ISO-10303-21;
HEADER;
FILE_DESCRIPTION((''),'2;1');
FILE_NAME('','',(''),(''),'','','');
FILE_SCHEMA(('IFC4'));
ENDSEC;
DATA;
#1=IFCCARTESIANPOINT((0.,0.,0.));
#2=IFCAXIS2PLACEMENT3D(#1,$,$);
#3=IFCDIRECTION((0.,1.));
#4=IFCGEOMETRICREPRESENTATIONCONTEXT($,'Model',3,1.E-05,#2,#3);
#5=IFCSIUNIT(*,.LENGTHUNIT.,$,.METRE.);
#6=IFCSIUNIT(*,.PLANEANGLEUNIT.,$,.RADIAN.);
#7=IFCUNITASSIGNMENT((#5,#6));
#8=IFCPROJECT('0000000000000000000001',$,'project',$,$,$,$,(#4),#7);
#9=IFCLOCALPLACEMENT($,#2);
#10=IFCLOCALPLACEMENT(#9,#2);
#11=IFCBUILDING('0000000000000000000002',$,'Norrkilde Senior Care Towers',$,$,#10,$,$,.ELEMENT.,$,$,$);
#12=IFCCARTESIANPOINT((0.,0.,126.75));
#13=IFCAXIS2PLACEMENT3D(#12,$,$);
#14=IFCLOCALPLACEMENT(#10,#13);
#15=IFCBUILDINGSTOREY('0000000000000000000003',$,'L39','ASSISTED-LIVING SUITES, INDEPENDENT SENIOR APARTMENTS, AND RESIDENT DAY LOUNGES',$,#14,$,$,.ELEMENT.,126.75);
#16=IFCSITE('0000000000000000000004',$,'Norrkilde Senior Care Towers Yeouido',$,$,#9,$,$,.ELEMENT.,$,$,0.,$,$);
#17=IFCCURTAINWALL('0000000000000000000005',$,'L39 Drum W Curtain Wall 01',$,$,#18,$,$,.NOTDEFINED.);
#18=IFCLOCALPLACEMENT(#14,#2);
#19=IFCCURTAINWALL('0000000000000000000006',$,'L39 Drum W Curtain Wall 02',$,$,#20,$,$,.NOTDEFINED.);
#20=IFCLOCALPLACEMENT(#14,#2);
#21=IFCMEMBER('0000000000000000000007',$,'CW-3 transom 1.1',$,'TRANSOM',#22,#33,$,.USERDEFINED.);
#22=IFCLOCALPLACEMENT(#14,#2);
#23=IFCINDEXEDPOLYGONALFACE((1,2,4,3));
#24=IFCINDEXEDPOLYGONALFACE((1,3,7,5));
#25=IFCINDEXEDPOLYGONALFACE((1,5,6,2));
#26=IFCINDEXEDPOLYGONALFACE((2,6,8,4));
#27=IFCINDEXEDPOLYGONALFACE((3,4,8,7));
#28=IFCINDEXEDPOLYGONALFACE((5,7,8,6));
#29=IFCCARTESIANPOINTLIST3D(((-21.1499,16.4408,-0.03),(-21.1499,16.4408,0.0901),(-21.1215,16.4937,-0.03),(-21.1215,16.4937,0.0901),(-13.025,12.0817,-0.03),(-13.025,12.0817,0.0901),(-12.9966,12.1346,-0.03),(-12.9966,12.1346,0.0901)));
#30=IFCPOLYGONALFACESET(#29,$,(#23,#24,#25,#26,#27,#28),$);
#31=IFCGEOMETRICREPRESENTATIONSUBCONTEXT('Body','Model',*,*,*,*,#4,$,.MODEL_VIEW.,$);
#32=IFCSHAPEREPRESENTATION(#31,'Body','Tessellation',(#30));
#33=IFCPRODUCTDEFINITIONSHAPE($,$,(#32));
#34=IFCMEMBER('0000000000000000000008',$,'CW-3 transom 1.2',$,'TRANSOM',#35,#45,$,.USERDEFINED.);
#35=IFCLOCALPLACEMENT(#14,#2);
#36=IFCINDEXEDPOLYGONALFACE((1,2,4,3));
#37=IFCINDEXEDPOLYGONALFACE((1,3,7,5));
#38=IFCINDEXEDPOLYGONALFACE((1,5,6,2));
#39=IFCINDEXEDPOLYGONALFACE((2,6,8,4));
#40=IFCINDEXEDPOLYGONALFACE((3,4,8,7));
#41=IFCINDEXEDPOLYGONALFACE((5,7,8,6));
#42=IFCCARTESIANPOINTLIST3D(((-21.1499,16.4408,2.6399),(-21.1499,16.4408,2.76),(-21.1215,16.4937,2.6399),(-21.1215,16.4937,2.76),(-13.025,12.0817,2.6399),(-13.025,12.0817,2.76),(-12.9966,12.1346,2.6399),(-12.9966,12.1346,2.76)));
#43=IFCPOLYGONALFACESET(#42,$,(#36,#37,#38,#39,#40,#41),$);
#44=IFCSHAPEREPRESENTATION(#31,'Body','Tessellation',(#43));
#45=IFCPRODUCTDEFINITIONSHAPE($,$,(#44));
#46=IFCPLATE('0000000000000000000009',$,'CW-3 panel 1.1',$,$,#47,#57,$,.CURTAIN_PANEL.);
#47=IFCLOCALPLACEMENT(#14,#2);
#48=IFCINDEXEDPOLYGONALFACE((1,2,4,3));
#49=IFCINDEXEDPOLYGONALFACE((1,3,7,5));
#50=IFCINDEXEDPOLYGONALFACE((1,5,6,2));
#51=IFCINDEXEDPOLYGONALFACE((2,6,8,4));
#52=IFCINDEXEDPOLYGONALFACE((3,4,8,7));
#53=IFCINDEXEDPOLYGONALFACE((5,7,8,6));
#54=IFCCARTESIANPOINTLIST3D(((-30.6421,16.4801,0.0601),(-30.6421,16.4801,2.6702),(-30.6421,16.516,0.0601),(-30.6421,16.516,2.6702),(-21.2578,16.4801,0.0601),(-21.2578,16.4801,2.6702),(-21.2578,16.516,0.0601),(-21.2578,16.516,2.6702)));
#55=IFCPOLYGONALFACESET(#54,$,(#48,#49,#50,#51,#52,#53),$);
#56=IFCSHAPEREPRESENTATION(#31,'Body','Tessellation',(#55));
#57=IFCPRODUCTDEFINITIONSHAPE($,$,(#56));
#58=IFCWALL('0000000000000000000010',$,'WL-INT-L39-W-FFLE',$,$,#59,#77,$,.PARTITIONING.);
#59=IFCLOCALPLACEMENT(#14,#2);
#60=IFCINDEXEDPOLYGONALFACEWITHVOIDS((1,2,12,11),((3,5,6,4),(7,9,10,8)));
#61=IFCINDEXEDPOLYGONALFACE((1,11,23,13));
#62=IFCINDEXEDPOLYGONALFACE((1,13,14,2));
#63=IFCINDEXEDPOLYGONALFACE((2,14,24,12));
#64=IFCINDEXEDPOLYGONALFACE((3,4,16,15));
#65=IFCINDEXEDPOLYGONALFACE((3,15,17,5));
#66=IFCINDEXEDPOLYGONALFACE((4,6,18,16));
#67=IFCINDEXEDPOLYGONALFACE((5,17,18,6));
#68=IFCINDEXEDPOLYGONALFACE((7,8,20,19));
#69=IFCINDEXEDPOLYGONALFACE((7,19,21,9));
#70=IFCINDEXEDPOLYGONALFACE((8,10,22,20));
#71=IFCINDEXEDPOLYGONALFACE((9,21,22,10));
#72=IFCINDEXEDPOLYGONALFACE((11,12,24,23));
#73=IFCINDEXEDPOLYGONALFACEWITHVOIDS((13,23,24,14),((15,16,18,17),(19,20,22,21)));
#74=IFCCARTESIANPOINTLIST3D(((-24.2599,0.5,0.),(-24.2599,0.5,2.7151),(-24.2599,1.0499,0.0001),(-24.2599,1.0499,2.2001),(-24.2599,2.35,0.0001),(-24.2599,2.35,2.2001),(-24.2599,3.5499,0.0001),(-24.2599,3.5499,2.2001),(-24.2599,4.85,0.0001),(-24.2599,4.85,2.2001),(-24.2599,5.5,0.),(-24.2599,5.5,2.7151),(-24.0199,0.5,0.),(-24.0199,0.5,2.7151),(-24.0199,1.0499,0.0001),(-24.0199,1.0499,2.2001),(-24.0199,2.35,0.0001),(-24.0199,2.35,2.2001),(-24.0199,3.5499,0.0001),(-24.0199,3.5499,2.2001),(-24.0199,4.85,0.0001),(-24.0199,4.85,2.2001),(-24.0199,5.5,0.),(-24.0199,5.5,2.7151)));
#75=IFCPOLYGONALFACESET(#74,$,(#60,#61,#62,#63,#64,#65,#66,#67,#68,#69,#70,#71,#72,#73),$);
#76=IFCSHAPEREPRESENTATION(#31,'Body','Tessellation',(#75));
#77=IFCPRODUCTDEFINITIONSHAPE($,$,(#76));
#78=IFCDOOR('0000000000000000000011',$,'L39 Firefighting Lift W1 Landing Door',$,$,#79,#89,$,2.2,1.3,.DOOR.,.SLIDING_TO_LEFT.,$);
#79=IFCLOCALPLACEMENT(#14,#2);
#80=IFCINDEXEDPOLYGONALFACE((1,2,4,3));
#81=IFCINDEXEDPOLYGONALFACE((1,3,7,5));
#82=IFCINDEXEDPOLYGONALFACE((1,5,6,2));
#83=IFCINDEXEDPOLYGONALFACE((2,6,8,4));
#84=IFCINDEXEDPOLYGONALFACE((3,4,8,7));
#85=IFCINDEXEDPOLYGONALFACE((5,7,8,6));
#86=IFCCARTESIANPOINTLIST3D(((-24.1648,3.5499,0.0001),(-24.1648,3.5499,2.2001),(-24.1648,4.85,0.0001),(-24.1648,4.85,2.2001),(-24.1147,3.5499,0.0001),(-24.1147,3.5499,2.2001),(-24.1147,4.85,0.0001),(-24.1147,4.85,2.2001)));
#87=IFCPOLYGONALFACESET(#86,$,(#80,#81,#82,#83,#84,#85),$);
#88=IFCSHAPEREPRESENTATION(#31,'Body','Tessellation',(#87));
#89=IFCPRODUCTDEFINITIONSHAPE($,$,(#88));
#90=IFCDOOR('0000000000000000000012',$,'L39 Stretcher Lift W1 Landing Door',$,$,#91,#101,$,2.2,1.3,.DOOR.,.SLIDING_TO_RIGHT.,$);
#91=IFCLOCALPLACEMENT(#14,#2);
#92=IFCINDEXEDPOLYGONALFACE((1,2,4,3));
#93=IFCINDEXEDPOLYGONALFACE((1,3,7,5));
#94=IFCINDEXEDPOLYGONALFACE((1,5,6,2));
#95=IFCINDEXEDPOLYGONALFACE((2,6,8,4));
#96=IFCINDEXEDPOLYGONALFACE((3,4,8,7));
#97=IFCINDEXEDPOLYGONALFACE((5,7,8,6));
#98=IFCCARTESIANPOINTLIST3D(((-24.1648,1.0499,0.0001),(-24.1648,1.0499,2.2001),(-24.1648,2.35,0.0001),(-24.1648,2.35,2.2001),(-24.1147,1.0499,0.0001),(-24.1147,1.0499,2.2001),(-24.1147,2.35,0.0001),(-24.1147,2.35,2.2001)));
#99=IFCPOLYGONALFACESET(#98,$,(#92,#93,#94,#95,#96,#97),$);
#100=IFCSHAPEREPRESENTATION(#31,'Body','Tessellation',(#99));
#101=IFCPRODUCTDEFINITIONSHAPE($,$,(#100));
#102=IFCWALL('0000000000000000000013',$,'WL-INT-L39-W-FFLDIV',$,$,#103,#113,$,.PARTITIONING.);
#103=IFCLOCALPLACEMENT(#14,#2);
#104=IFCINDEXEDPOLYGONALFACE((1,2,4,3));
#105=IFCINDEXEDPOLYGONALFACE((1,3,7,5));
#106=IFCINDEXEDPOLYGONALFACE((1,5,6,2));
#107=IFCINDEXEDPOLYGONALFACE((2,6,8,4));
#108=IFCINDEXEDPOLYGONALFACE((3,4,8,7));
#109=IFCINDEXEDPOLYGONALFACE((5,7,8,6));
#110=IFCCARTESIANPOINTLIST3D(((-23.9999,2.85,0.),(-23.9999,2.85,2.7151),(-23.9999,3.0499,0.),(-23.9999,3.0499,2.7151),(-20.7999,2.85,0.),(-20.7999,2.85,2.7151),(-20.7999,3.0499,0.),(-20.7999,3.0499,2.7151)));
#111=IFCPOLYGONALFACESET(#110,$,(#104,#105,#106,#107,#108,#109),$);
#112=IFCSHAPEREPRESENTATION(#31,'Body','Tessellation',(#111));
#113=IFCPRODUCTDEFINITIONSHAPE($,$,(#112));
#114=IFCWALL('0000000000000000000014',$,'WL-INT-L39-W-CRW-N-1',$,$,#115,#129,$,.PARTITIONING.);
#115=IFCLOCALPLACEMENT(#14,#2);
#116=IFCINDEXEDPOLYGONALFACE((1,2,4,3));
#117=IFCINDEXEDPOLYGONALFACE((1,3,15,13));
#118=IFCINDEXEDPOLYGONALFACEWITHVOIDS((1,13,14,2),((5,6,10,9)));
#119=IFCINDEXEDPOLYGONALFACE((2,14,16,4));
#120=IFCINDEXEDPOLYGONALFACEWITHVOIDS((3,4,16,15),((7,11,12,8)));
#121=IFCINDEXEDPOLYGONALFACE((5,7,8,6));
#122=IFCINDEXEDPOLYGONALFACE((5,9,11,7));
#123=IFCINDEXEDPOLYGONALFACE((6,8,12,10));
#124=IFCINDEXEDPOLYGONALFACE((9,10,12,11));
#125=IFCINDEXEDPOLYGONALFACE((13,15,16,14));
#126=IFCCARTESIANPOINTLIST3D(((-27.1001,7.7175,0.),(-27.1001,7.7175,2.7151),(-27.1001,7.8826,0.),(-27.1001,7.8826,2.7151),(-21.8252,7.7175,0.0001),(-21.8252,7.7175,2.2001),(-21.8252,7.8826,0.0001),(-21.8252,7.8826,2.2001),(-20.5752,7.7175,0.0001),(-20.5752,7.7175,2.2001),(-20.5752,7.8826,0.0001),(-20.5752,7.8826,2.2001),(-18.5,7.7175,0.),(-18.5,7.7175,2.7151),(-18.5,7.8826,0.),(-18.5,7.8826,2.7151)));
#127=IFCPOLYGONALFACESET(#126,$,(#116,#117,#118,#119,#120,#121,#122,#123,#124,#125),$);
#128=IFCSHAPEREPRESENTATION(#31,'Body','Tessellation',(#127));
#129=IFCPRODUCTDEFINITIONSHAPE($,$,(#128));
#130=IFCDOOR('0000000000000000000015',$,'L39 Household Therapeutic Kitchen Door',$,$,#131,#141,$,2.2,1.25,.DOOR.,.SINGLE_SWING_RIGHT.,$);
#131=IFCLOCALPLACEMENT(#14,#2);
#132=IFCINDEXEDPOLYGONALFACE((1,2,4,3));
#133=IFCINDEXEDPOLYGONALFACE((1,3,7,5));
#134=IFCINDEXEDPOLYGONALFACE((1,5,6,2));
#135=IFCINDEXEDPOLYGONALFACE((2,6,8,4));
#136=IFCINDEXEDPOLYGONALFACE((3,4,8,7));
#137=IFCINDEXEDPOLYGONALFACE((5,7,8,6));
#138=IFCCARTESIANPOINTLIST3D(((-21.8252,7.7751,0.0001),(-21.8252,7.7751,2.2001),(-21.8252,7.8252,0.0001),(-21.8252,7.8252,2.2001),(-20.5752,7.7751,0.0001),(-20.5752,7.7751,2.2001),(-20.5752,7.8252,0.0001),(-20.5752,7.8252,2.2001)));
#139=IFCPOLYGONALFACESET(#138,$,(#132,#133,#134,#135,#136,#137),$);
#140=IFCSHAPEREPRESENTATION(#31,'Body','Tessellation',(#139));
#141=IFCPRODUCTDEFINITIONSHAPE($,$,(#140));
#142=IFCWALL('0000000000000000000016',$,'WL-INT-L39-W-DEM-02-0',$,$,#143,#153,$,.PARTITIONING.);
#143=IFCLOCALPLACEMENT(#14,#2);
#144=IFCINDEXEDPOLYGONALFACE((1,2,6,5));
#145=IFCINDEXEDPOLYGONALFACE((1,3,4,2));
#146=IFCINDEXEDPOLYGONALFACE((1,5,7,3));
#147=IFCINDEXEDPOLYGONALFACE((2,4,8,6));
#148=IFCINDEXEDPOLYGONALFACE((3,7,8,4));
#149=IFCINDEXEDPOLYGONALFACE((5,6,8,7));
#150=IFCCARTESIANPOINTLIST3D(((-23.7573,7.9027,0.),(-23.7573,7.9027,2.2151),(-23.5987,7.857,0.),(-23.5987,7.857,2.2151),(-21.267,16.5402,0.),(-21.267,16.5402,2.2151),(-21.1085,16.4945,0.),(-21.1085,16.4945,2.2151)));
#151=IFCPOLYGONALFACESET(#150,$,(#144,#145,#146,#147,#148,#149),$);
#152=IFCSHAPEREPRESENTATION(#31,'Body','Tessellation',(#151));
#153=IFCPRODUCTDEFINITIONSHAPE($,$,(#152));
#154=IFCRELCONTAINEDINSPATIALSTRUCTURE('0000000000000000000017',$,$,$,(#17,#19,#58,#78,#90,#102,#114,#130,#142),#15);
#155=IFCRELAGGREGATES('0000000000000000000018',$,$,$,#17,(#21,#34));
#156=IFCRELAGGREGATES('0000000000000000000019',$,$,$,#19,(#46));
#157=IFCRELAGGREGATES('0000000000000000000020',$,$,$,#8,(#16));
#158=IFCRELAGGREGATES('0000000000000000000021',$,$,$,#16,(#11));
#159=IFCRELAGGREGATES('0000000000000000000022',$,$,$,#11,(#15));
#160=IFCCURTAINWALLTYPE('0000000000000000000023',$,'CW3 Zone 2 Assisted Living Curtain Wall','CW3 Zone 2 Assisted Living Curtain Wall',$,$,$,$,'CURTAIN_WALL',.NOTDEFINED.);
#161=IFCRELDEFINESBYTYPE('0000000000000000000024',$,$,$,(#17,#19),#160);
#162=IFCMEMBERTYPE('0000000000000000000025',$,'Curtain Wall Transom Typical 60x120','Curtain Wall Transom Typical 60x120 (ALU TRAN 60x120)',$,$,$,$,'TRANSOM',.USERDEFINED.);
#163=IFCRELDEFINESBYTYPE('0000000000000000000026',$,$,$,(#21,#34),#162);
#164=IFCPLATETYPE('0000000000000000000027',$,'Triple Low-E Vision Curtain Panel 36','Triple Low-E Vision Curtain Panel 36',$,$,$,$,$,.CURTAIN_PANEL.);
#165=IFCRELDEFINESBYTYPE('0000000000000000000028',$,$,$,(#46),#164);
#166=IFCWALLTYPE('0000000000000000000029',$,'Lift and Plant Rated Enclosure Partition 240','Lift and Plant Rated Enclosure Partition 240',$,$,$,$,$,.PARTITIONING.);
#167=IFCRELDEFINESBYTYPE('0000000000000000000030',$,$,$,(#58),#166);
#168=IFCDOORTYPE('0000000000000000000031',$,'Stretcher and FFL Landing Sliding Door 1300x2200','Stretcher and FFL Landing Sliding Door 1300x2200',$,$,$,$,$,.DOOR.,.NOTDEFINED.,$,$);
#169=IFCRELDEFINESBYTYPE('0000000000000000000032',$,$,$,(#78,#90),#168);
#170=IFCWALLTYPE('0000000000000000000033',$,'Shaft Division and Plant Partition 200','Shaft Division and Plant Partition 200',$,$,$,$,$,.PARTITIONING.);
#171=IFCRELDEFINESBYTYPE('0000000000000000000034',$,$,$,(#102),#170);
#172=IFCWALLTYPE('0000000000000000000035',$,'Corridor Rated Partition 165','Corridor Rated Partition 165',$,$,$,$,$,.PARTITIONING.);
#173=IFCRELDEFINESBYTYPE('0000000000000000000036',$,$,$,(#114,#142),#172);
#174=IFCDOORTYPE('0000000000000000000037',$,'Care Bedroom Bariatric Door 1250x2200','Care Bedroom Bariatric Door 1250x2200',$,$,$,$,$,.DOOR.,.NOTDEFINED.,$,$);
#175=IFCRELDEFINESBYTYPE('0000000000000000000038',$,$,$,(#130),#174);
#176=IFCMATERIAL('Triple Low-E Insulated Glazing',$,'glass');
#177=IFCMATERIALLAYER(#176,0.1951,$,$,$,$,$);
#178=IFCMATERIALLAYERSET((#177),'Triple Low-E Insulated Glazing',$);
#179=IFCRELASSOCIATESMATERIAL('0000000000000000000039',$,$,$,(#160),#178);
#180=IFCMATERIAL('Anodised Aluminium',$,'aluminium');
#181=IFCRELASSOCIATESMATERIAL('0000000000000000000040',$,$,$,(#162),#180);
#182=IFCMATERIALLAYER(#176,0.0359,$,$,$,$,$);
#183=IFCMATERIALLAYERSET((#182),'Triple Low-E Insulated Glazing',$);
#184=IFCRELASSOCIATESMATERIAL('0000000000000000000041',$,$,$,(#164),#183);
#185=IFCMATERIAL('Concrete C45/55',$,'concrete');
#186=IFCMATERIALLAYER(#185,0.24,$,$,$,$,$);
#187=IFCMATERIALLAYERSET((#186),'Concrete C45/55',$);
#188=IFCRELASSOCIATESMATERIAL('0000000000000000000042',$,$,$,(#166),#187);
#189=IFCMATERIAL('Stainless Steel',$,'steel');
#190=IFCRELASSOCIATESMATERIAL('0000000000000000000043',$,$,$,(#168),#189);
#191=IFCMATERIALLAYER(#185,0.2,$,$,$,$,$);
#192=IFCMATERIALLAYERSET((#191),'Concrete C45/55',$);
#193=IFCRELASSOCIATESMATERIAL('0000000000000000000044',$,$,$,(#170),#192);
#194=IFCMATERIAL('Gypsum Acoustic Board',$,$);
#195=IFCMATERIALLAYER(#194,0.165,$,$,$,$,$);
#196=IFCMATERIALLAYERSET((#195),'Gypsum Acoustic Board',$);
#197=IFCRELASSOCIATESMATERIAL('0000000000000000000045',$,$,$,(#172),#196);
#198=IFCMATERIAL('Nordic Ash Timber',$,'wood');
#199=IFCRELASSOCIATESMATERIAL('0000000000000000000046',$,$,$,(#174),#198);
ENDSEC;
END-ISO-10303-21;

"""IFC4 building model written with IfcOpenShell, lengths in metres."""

from ifc_helpers import new_model, si_unit, direction, frame, frame_2d, origin, origin_2d, place, context, subcontext, project, spatial, rectangle, extrude, source, transform, mapped, material, layer, layer_set, material_profile, profile_set, type_object, type_shapes, element, fill, aggregate, save


model = new_model("IFC4")

# Units and contexts
model_context = context("Model", 3, precision=1e-05, world=origin(), true_north=direction((0.0, 1.0)))
body_context = subcontext(model_context, "Body", "Model", "MODEL_VIEW")
ifc_project = project(units=[si_unit("LENGTHUNIT", "METRE"), si_unit("PLANEANGLEUNIT", "RADIAN")], contexts=[model_context])

# Site, building, storey
site_placement = place(None, origin())
site = spatial("IfcSite", under=ifc_project, at=site_placement, Name="Norrkilde Senior Care Towers Yeouido", CompositionType="ELEMENT", RefElevation=0.0)
building_placement = place(site_placement, origin())
building = spatial("IfcBuilding", under=site, at=building_placement, Name="Norrkilde Senior Care Towers", CompositionType="ELEMENT")
storey_placement = place(building_placement, frame((0.0, 0.0, 126.75)))
storey = spatial("IfcBuildingStorey", under=building, at=storey_placement, Name="L39", Description="ASSISTED-LIVING SUITES, INDEPENDENT SENIOR APARTMENTS, AND RESIDENT DAY LOUNGES", CompositionType="ELEMENT", Elevation=126.75)

# Curtain walls
ifc_material_1 = material(Name="Triple Low-E Insulated Glazing", Category="glass")
ifc_layer_1 = layer(ifc_material_1, 0.1951)
ifc_layer_set_1 = layer_set([ifc_layer_1], Name="Triple Low-E Insulated Glazing")
curtain_wall_type = type_object("IfcCurtainWallType", Name="CW3 Zone 2 Assisted Living Curtain Wall", Description="CW3 Zone 2 Assisted Living Curtain Wall", ElementType="CURTAIN_WALL", PredefinedType="NOTDEFINED", material=ifc_layer_set_1)
curtain_wall_1_placement = place(storey_placement, origin())
curtain_wall_1 = element("IfcCurtainWall", 1, at=curtain_wall_1_placement, inside=storey, type_object=curtain_wall_type, Name="L39 Drum W Curtain Wall 01", PredefinedType="NOTDEFINED")
ifc_material_2 = material(Name="Anodised Aluminium", Category="aluminium")
curtain_wall_2_placement = place(storey_placement, origin())
curtain_wall_2 = element("IfcCurtainWall", 2, at=curtain_wall_2_placement, inside=storey, type_object=curtain_wall_type, Name="L39 Drum W Curtain Wall 02", PredefinedType="NOTDEFINED")

# Members
ifc_material_profile_1 = material_profile(ifc_material_2, rectangle(XDim=0.0601, YDim=0.1201, at=origin_2d()), Name="ALU TRAN 60x120")
ifc_profile_set_1 = profile_set([ifc_material_profile_1], Name="Anodised Aluminium")
member_type_1 = type_object("IfcMemberType", Name="Curtain Wall Transom Typical 60x120", Description="Curtain Wall Transom Typical 60x120 (ALU TRAN 60x120)", ElementType="TRANSOM", PredefinedType="USERDEFINED", material=ifc_profile_set_1)
shared_shape_1 = source(origin(), body_context, "Body", "SweptSolid", [
    extrude(rectangle(XDim=0.0601, YDim=0.1201, at=origin_2d()), origin(), (0.0, 0.0, 1.0), 9.2205),
])
type_shapes(member_type_1, [shared_shape_1])
member_1_placement = place(storey_placement, frame((-21.1357, 16.4673, 0.03), z_axis=(0.881189, -0.472765, 0.0), x_axis=(0.472765, 0.881189, 0.0)))
member_1 = element("IfcMember", 3, at=member_1_placement, type_object=member_type_1, Name="CW-3 transom 1.1", ObjectType="TRANSOM", PredefinedType="USERDEFINED", context=body_context, shape_type="MappedRepresentation", body=[
    mapped(shared_shape_1, transform((0.0, 0.0, 0.0), x_axis=(1.0, 0.0, 0.0), y_axis=(0.0, 1.0, 0.0), z_axis=(0.0, 0.0, 1.0), scale=1.0)),
])
member_2_placement = place(storey_placement, frame((-21.1357, 16.4673, 2.7), z_axis=(0.881189, -0.472765, 0.0), x_axis=(0.472765, 0.881189, 0.0)))
member_2 = element("IfcMember", 4, at=member_2_placement, type_object=member_type_1, Name="CW-3 transom 1.2", ObjectType="TRANSOM", PredefinedType="USERDEFINED", context=body_context, shape_type="MappedRepresentation", body=[
    mapped(shared_shape_1, transform((0.0, 0.0, 0.0), x_axis=(1.0, 0.0, 0.0), y_axis=(0.0, 1.0, 0.0), z_axis=(0.0, 0.0, 1.0), scale=1.0)),
])
aggregate(curtain_wall_1, [member_1, member_2])

# Plate
ifc_layer_2 = layer(ifc_material_1, 0.0359)
ifc_layer_set_2 = layer_set([ifc_layer_2], Name="Triple Low-E Insulated Glazing")
plate_type = type_object("IfcPlateType", Name="Triple Low-E Vision Curtain Panel 36", Description="Triple Low-E Vision Curtain Panel 36", PredefinedType="CURTAIN_PANEL", material=ifc_layer_set_2)
shared_shape_2 = source(origin(), body_context, "Body", "SweptSolid", [
    extrude(rectangle(XDim=9.3843, YDim=0.0359, at=origin_2d()), origin(), (0.0, 0.0, 1.0), 2.6101),
])
type_shapes(plate_type, [shared_shape_2])
plate_placement = place(storey_placement, frame((-25.95, 16.498, 0.0601), z_axis=(0.0, 0.0, 1.0), x_axis=(1.0, 0.0, 0.0)))
plate = element("IfcPlate", 5, at=plate_placement, type_object=plate_type, Name="CW-3 panel 1.1", PredefinedType="CURTAIN_PANEL", context=body_context, shape_type="MappedRepresentation", body=[
    mapped(shared_shape_2, transform((0.0, 0.0, 0.0), x_axis=(1.0, 0.0, 0.0), y_axis=(0.0, 1.0, 0.0), z_axis=(0.0, 0.0, 1.0), scale=1.0)),
])
aggregate(curtain_wall_2, [plate])

# Wall, openings, doors
ifc_material_3 = material(Name="Concrete C45/55", Category="concrete")
ifc_layer_3 = layer(ifc_material_3, 0.24)
ifc_layer_set_3 = layer_set([ifc_layer_3], Name="Concrete C45/55")
wall_type_1 = type_object("IfcWallType", Name="Lift and Plant Rated Enclosure Partition 240", Description="Lift and Plant Rated Enclosure Partition 240", PredefinedType="PARTITIONING", material=ifc_layer_set_3)
shared_shape_3 = source(origin(), body_context, "Body", "SweptSolid", [
    extrude(rectangle(XDim=5.0, YDim=0.24, at=frame_2d((2.5, 0.0))), origin(), (0.0, 0.0, 1.0), 2.7151),
])
type_shapes(wall_type_1, [shared_shape_3])
wall_1_placement = place(storey_placement, frame((-24.1399, 0.5, 0.0), z_axis=(0.0, 0.0, 1.0), x_axis=(0.0, 1.0, 0.0)))
wall_1 = element("IfcWall", 6, at=wall_1_placement, inside=storey, type_object=wall_type_1, Name="WL-INT-L39-W-FFLE", PredefinedType="PARTITIONING", context=body_context, shape_type="MappedRepresentation", body=[
    mapped(shared_shape_3, transform((0.0, 0.0, 0.0), x_axis=(1.0, 0.0, 0.0), y_axis=(0.0, 1.0, 0.0), z_axis=(0.0, 0.0, 1.0), scale=1.0)),
])
opening_1_placement = place(wall_1_placement, frame((3.05, 0.0, 0.0)))
opening_1 = element("IfcOpeningElement", 7, at=opening_1_placement, cuts=wall_1, PredefinedType="OPENING", context=body_context, shape_type="SweptSolid", body=[
    extrude(rectangle(XDim=1.3, YDim=2.2, at=frame_2d((0.6499, 1.1001))), frame((0.0, 0.1299, 0.0), z_axis=(0.0, -1.0, 0.0), x_axis=(1.0, 0.0, 0.0)), (0.0, 0.0, 1.0), 0.26),
])
opening_2_placement = place(wall_1_placement, frame((0.55, 0.0, 0.0)))
opening_2 = element("IfcOpeningElement", 8, at=opening_2_placement, cuts=wall_1, PredefinedType="OPENING", context=body_context, shape_type="SweptSolid", body=[
    extrude(rectangle(XDim=1.3, YDim=2.2, at=frame_2d((0.6499, 1.1001))), frame((0.0, 0.1299, 0.0), z_axis=(0.0, -1.0, 0.0), x_axis=(1.0, 0.0, 0.0)), (0.0, 0.0, 1.0), 0.26),
])
ifc_material_4 = material(Name="Stainless Steel", Category="steel")
door_type_1 = type_object("IfcDoorType", Name="Stretcher and FFL Landing Sliding Door 1300x2200", Description="Stretcher and FFL Landing Sliding Door 1300x2200", OperationType="NOTDEFINED", PredefinedType="DOOR", material=ifc_material_4)
shared_shape_4 = source(origin(), body_context, "Body", "SweptSolid", [
    extrude(rectangle(XDim=1.3, YDim=2.2, at=frame_2d((0.6499, 1.1001))), frame((0.0, 0.0249, 0.0), z_axis=(0.0, -1.0, 0.0), x_axis=(1.0, 0.0, 0.0)), (0.0, 0.0, 1.0), 0.05),
])
type_shapes(door_type_1, [shared_shape_4])
door_1_placement = place(opening_1_placement, origin())
door_1 = element("IfcDoor", 9, at=door_1_placement, inside=storey, type_object=door_type_1, Name="L39 Firefighting Lift W1 Landing Door", OperationType="SLIDING_TO_LEFT", OverallHeight=2.2, OverallWidth=1.3, PredefinedType="DOOR", context=body_context, shape_type="MappedRepresentation", body=[
    mapped(shared_shape_4, transform((0.0, 0.0, 0.0), x_axis=(1.0, 0.0, 0.0), y_axis=(0.0, 1.0, 0.0), z_axis=(0.0, 0.0, 1.0), scale=1.0)),
])
fill(opening_1, door_1)
door_2_placement = place(opening_2_placement, origin())
door_2 = element("IfcDoor", 10, at=door_2_placement, inside=storey, type_object=door_type_1, Name="L39 Stretcher Lift W1 Landing Door", OperationType="SLIDING_TO_RIGHT", OverallHeight=2.2, OverallWidth=1.3, PredefinedType="DOOR", context=body_context, shape_type="MappedRepresentation", body=[
    mapped(shared_shape_4, transform((0.0, 0.0, 0.0), x_axis=(1.0, 0.0, 0.0), y_axis=(0.0, 1.0, 0.0), z_axis=(0.0, 0.0, 1.0), scale=1.0)),
])
fill(opening_2, door_2)

# Wall
ifc_layer_4 = layer(ifc_material_3, 0.2)
ifc_layer_set_4 = layer_set([ifc_layer_4], Name="Concrete C45/55")
wall_type_2 = type_object("IfcWallType", Name="Shaft Division and Plant Partition 200", Description="Shaft Division and Plant Partition 200", PredefinedType="PARTITIONING", material=ifc_layer_set_4)
shared_shape_5 = source(origin(), body_context, "Body", "SweptSolid", [
    extrude(rectangle(XDim=3.2, YDim=0.2, at=frame_2d((1.6001, 0.0))), origin(), (0.0, 0.0, 1.0), 2.7151),
])
type_shapes(wall_type_2, [shared_shape_5])
wall_2_placement = place(storey_placement, frame((-24.0, 2.95, 0.0), z_axis=(0.0, 0.0, 1.0), x_axis=(1.0, 0.0, 0.0)))
element("IfcWall", 11, at=wall_2_placement, inside=storey, type_object=wall_type_2, Name="WL-INT-L39-W-FFLDIV", PredefinedType="PARTITIONING", context=body_context, shape_type="MappedRepresentation", body=[
    mapped(shared_shape_5, transform((0.0, 0.0, 0.0), x_axis=(1.0, 0.0, 0.0), y_axis=(0.0, 1.0, 0.0), z_axis=(0.0, 0.0, 1.0), scale=1.0)),
])

# Wall, opening, door
ifc_material_5 = material(Name="Gypsum Acoustic Board")
ifc_layer_5 = layer(ifc_material_5, 0.165)
ifc_layer_set_5 = layer_set([ifc_layer_5], Name="Gypsum Acoustic Board")
wall_type_3 = type_object("IfcWallType", Name="Corridor Rated Partition 165", Description="Corridor Rated Partition 165", PredefinedType="PARTITIONING", material=ifc_layer_set_5)
shared_shape_6 = source(origin(), body_context, "Body", "SweptSolid", [
    extrude(rectangle(XDim=8.6001, YDim=0.165, at=frame_2d((4.3, 0.0))), origin(), (0.0, 0.0, 1.0), 2.7151),
])
wall_3_placement = place(storey_placement, frame((-27.1001, 7.8, 0.0), z_axis=(0.0, 0.0, 1.0), x_axis=(1.0, 0.0, 0.0)))
wall_3 = element("IfcWall", 12, at=wall_3_placement, inside=storey, type_object=wall_type_3, Name="WL-INT-L39-W-CRW-N-1", PredefinedType="PARTITIONING", context=body_context, shape_type="MappedRepresentation", body=[
    mapped(shared_shape_6, transform((0.0, 0.0, 0.0), x_axis=(1.0, 0.0, 0.0), y_axis=(0.0, 1.0, 0.0), z_axis=(0.0, 0.0, 1.0), scale=1.0)),
])
opening_3_placement = place(wall_3_placement, frame((5.2749, 0.0, 0.0)))
opening_3 = element("IfcOpeningElement", 13, at=opening_3_placement, cuts=wall_3, PredefinedType="OPENING", context=body_context, shape_type="SweptSolid", body=[
    extrude(rectangle(XDim=1.25, YDim=2.2, at=frame_2d((0.625, 1.1001))), frame((0.0, 0.0925, 0.0), z_axis=(0.0, -1.0, 0.0), x_axis=(1.0, 0.0, 0.0)), (0.0, 0.0, 1.0), 0.1851),
])
ifc_material_6 = material(Name="Nordic Ash Timber", Category="wood")
door_type_2 = type_object("IfcDoorType", Name="Care Bedroom Bariatric Door 1250x2200", Description="Care Bedroom Bariatric Door 1250x2200", OperationType="NOTDEFINED", PredefinedType="DOOR", material=ifc_material_6)
shared_shape_7 = source(origin(), body_context, "Body", "SweptSolid", [
    extrude(rectangle(XDim=1.25, YDim=2.2, at=frame_2d((0.625, 1.1001))), frame((0.0, 0.0249, 0.0), z_axis=(0.0, -1.0, 0.0), x_axis=(1.0, 0.0, 0.0)), (0.0, 0.0, 1.0), 0.05),
])
type_shapes(door_type_2, [shared_shape_7])
door_3_placement = place(opening_3_placement, frame((1.25, 0.0, 0.0), z_axis=(0.0, 0.0, 1.0), x_axis=(-1.0, 0.0, 0.0)))
door_3 = element("IfcDoor", 14, at=door_3_placement, inside=storey, type_object=door_type_2, Name="L39 Household Therapeutic Kitchen Door", OperationType="SINGLE_SWING_RIGHT", OverallHeight=2.2, OverallWidth=1.25, PredefinedType="DOOR", context=body_context, shape_type="MappedRepresentation", body=[
    mapped(shared_shape_7, transform((0.0, 0.0, 0.0), x_axis=(1.0, 0.0, 0.0), y_axis=(0.0, 1.0, 0.0), z_axis=(0.0, 0.0, 1.0), scale=1.0)),
])
fill(opening_3, door_3)

# Wall
shared_shape_8 = source(origin(), body_context, "Body", "SweptSolid", [
    extrude(rectangle(XDim=8.9893, YDim=0.165, at=frame_2d((4.4946, 0.0))), origin(), (0.0, 0.0, 1.0), 2.2151),
])
wall_4_placement = place(storey_placement, frame((-23.678, 7.8799, 0.0), z_axis=(0.0, 0.0, 1.0), x_axis=(0.277023, 0.960863, 0.0)))
element("IfcWall", 15, at=wall_4_placement, inside=storey, type_object=wall_type_3, Name="WL-INT-L39-W-DEM-02-0", PredefinedType="PARTITIONING", context=body_context, shape_type="MappedRepresentation", body=[
    mapped(shared_shape_8, transform((0.0, 0.0, 0.0), x_axis=(1.0, 0.0, 0.0), y_axis=(0.0, 1.0, 0.0), z_axis=(0.0, 0.0, 1.0), scale=1.0)),
])

save(model, "model.ifc")
